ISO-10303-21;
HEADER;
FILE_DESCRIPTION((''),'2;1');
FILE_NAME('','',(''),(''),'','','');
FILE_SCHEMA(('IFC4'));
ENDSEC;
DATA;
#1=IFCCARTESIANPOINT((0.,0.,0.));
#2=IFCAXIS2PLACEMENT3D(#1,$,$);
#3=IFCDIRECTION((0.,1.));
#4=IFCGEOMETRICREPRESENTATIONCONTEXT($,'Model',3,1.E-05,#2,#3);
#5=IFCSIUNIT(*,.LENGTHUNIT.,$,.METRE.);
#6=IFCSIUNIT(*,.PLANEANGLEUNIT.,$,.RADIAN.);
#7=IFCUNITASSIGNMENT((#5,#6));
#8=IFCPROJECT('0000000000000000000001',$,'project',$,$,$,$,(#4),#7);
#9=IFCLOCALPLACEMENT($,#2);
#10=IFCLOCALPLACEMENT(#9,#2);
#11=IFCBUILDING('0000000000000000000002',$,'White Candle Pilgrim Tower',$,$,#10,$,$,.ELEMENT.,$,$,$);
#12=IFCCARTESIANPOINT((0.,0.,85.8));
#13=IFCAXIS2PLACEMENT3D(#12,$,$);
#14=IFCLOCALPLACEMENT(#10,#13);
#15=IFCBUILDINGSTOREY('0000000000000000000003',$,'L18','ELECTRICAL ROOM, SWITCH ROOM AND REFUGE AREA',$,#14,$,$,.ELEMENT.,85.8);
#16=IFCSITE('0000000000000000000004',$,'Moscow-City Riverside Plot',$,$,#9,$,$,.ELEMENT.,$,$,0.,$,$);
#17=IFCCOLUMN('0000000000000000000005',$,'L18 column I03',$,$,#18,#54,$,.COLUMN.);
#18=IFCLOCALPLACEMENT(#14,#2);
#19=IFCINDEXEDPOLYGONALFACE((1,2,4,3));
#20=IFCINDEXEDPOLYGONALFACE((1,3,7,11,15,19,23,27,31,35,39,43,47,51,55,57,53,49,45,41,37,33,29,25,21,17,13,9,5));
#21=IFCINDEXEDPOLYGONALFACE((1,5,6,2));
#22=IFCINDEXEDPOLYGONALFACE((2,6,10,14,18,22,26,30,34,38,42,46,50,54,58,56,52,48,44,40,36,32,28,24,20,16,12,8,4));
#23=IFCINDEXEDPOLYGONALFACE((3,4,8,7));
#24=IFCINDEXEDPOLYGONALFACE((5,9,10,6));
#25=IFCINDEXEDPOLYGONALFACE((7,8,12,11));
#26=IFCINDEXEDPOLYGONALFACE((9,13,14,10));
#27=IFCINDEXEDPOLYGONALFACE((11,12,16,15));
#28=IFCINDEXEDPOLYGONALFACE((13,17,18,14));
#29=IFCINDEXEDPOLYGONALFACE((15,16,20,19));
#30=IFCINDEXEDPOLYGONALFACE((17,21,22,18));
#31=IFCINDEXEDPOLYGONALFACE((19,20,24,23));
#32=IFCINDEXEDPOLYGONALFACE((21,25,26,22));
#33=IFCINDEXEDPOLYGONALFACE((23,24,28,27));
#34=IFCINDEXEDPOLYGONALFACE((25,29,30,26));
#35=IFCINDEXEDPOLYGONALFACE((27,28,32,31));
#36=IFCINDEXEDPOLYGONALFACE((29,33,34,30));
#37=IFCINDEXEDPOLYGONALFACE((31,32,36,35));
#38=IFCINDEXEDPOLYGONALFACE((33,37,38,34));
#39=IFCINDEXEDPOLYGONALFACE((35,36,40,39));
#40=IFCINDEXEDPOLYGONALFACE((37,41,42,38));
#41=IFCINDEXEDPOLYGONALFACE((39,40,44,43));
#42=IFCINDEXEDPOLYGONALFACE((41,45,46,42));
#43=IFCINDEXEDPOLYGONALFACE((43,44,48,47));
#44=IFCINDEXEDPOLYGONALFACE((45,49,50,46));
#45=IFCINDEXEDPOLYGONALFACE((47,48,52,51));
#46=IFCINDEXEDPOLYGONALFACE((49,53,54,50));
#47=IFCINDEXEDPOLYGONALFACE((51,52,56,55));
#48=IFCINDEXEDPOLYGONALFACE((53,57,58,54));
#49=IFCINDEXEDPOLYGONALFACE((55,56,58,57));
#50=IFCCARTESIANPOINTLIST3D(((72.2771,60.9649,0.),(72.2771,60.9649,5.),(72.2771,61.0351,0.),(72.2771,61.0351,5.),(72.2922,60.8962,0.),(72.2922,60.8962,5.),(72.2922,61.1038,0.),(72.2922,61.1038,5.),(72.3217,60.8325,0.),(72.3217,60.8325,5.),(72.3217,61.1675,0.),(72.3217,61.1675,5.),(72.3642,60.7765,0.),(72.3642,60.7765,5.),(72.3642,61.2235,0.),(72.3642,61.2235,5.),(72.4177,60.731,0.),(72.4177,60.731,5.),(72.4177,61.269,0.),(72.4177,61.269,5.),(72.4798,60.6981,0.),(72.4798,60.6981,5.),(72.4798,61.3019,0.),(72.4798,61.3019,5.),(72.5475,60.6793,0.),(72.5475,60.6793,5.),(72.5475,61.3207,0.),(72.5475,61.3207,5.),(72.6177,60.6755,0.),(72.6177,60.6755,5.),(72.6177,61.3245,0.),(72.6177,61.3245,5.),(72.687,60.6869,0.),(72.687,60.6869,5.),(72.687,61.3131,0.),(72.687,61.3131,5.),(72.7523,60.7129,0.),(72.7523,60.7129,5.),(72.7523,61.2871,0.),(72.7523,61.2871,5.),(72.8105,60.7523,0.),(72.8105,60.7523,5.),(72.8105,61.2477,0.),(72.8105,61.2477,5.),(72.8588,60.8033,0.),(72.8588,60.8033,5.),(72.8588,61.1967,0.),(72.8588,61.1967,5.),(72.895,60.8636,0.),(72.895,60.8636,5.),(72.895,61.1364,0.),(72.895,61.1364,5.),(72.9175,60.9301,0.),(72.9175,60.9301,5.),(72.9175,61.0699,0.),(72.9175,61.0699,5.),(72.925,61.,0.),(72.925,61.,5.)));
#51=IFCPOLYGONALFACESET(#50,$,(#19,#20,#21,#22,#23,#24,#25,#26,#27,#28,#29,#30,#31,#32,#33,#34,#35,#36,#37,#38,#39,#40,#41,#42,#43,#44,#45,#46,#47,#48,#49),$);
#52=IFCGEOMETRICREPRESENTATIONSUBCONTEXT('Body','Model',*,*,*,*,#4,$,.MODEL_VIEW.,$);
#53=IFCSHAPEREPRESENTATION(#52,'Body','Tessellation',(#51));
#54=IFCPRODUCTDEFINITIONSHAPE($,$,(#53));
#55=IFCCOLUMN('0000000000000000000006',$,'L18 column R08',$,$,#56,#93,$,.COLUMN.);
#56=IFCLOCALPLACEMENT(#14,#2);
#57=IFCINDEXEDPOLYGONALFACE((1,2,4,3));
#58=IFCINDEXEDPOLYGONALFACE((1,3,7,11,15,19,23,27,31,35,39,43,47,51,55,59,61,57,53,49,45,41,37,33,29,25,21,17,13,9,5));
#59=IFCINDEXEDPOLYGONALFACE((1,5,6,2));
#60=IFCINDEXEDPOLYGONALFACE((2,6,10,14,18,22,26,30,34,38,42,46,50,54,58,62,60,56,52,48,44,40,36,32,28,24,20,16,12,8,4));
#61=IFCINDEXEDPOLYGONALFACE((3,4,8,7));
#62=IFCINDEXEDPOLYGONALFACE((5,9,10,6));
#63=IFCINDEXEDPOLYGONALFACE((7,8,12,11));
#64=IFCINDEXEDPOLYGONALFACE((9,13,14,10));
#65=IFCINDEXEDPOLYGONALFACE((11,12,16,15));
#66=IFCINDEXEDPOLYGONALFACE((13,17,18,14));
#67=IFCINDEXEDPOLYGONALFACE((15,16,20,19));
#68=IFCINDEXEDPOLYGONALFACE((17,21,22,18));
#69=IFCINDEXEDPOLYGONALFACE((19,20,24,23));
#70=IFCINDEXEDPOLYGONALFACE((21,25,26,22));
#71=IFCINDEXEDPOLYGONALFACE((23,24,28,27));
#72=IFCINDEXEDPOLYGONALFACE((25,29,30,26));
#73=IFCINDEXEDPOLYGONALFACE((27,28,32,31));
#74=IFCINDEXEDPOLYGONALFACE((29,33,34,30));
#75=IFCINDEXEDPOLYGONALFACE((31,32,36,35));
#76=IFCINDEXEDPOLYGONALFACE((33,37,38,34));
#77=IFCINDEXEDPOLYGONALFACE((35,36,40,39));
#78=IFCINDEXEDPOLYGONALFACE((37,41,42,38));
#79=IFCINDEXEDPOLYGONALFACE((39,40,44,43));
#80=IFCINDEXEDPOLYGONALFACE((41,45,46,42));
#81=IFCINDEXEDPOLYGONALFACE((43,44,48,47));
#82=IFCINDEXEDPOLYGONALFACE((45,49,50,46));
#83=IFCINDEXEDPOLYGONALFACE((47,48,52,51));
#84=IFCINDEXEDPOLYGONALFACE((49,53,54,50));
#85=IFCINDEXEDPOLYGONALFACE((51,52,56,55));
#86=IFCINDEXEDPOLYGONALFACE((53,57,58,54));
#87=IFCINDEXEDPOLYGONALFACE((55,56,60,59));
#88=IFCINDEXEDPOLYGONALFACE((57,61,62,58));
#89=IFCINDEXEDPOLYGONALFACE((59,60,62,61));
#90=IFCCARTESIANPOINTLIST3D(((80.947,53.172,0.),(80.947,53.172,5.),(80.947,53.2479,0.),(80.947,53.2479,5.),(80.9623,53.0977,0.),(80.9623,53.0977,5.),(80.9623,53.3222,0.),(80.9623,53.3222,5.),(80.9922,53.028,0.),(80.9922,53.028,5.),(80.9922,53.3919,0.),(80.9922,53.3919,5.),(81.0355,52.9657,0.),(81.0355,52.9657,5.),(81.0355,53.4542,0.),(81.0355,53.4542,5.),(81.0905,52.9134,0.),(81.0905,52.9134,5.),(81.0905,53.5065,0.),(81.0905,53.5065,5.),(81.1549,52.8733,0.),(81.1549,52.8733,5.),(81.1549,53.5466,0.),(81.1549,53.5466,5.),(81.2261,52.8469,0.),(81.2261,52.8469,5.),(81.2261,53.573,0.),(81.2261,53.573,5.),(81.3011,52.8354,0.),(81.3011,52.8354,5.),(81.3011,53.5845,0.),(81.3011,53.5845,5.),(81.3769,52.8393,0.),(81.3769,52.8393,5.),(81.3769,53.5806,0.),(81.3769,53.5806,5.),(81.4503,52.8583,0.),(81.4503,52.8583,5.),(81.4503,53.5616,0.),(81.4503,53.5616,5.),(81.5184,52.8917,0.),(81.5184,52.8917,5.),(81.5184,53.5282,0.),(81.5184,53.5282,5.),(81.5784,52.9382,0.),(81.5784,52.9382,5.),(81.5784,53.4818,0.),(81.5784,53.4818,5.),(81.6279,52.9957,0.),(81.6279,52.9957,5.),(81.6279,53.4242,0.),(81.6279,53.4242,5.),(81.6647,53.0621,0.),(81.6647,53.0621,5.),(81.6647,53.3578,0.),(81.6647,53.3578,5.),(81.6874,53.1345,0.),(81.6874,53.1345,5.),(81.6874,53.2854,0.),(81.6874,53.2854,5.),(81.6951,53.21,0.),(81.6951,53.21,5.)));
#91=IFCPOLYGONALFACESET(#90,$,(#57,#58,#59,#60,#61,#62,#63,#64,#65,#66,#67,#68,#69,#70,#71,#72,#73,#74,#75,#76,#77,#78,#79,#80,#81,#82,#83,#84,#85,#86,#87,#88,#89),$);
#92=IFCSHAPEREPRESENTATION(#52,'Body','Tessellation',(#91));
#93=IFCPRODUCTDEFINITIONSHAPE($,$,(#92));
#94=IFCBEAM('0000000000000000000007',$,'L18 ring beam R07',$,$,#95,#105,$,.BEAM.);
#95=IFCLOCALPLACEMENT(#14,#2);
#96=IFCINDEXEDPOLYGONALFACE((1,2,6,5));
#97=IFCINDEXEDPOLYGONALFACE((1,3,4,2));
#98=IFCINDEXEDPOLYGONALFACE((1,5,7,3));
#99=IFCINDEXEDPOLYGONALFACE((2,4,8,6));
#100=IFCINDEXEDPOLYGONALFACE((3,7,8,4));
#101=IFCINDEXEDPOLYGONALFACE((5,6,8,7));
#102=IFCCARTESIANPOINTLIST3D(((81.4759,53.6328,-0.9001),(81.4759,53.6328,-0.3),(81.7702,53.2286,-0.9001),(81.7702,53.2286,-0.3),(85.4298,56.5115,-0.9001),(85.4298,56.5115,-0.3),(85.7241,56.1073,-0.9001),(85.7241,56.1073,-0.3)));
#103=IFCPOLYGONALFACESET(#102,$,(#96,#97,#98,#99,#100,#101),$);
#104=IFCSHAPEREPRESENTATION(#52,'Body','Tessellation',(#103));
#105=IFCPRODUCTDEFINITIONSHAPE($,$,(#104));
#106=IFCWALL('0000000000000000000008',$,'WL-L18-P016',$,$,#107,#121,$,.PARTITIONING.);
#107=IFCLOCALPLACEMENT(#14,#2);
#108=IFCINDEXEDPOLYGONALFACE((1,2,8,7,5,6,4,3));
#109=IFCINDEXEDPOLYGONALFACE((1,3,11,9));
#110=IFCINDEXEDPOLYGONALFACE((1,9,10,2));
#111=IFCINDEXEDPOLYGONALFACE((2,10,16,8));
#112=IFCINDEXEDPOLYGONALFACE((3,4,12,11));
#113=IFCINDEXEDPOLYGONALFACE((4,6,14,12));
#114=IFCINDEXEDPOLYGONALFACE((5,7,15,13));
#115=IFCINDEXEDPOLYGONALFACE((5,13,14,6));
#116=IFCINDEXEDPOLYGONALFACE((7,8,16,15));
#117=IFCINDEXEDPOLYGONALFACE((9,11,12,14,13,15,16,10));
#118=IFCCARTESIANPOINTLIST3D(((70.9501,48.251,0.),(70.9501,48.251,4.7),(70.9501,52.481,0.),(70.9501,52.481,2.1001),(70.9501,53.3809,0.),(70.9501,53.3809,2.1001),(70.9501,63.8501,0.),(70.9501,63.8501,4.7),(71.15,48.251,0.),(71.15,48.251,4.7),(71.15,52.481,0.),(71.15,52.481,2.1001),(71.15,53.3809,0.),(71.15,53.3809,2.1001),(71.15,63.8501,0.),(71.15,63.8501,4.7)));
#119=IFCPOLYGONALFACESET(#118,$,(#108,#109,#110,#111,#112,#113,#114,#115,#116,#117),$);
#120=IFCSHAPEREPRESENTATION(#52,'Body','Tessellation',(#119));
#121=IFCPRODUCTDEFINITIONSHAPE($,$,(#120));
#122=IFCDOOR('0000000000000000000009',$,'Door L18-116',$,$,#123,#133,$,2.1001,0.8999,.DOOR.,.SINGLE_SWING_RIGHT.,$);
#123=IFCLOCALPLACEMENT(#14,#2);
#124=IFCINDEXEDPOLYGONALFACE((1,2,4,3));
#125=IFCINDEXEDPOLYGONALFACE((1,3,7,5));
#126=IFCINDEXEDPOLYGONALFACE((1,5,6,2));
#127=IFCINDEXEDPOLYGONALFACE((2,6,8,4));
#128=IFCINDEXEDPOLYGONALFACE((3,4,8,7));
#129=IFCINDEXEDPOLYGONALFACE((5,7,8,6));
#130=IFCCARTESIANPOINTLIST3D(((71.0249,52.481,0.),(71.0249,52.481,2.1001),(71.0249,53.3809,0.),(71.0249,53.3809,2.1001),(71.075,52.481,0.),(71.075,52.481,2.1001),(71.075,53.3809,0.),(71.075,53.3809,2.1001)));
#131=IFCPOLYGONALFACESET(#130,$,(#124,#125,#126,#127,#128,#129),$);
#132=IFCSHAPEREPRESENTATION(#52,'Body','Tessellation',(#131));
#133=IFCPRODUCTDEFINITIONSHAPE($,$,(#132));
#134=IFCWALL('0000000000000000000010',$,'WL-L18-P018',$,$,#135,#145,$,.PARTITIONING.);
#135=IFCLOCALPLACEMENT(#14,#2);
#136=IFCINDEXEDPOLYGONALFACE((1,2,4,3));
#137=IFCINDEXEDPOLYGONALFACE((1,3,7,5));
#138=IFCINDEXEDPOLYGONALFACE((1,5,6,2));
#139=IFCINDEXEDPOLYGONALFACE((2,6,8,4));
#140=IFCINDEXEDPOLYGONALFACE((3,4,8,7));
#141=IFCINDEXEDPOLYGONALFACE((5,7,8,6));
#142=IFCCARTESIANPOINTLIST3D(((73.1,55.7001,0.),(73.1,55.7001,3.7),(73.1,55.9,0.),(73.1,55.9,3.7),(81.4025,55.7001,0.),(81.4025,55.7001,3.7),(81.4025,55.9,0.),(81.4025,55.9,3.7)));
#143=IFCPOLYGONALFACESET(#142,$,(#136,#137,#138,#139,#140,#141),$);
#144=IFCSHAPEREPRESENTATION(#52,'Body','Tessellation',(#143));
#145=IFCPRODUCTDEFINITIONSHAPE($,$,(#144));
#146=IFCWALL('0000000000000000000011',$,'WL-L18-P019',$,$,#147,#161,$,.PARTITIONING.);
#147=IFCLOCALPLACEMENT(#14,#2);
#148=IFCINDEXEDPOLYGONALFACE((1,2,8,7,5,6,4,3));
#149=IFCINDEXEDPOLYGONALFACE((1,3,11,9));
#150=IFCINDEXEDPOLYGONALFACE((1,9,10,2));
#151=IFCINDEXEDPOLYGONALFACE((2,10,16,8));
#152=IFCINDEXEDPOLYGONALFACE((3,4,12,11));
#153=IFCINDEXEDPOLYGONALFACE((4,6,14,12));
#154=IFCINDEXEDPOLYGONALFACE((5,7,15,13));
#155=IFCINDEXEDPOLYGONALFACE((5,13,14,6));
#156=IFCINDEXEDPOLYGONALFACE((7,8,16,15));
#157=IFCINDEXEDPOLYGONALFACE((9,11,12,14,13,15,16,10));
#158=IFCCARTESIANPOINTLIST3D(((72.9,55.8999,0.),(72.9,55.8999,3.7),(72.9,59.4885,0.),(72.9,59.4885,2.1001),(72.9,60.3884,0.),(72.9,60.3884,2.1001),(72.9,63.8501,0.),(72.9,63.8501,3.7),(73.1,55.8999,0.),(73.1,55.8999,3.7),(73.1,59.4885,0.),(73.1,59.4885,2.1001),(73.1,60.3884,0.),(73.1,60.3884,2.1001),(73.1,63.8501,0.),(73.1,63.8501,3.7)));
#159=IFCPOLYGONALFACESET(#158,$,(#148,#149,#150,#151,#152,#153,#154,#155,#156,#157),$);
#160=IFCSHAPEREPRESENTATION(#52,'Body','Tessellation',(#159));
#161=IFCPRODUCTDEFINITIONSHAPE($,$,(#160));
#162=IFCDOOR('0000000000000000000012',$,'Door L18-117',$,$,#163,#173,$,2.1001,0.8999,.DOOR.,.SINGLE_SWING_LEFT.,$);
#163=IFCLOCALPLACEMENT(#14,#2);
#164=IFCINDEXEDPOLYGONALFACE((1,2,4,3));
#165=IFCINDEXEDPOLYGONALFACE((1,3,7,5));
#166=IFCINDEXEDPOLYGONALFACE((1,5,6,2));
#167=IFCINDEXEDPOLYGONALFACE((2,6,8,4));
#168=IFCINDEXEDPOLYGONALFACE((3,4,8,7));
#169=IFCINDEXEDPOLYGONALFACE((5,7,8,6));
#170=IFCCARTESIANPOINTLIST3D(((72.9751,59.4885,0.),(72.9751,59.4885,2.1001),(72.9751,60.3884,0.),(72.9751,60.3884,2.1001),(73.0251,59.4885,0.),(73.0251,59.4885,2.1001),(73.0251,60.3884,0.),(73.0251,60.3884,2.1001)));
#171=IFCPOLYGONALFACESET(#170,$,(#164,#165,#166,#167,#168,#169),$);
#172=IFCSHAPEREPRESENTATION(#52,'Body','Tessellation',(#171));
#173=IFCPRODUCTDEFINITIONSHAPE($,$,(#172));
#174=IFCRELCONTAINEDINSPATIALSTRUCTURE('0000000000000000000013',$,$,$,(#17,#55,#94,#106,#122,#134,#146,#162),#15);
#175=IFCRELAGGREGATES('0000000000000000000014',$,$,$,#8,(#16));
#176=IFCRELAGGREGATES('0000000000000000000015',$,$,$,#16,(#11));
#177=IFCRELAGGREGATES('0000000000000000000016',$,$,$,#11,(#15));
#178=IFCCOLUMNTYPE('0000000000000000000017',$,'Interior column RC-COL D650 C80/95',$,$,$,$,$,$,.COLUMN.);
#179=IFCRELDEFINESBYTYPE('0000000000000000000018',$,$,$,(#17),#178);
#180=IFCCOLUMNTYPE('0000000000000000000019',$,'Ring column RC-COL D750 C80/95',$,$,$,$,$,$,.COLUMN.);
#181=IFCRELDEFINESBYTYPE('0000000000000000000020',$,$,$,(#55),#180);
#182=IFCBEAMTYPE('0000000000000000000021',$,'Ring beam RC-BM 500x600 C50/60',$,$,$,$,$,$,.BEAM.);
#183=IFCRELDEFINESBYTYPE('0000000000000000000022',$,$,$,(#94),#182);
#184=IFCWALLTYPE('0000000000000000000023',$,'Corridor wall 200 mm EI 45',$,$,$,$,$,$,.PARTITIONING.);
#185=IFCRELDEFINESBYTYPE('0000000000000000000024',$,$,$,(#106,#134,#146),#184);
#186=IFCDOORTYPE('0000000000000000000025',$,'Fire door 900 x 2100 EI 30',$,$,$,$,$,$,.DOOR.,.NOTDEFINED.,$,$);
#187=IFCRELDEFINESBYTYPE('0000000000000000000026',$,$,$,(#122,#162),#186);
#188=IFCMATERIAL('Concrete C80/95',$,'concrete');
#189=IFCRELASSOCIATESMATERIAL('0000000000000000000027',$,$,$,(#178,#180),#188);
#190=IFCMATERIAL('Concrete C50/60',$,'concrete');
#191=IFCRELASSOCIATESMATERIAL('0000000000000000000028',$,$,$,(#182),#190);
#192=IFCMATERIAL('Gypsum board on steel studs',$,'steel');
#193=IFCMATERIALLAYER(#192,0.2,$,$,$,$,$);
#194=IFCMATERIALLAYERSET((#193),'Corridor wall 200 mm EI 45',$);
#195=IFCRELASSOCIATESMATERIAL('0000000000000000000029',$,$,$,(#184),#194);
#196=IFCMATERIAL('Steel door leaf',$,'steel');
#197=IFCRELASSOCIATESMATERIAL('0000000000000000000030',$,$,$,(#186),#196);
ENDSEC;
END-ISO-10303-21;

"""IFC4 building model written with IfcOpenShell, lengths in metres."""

from ifc_helpers import new_model, si_unit, direction, frame, frame_2d, origin, origin_2d, place, context, subcontext, project, spatial, rectangle, circle, extrude, material, layer, layer_set, material_profile, profile_set, type_object, element, fill, save


model = new_model("IFC4")

# Units and contexts
model_context = context("Model", 3, precision=1e-05, world=origin(), true_north=direction((0.0, 1.0)))
body_context = subcontext(model_context, "Body", "Model", "MODEL_VIEW")
ifc_project = project(units=[si_unit("LENGTHUNIT", "METRE"), si_unit("PLANEANGLEUNIT", "RADIAN")], contexts=[model_context])

# Site, building, storey
site_placement = place(None, origin())
site = spatial("IfcSite", under=ifc_project, at=site_placement, Name="Moscow-City Riverside Plot", CompositionType="ELEMENT", RefElevation=0.0)
building_placement = place(site_placement, origin())
building = spatial("IfcBuilding", under=site, at=building_placement, Name="White Candle Pilgrim Tower", CompositionType="ELEMENT")
storey_placement = place(building_placement, frame((0.0, 0.0, 85.8)))
storey = spatial("IfcBuildingStorey", under=building, at=storey_placement, Name="L18", Description="ELECTRICAL ROOM, SWITCH ROOM AND REFUGE AREA", CompositionType="ELEMENT", Elevation=85.8)

# Columns
ifc_material_1 = material(Name="Concrete C80/95", Category="concrete")
ifc_material_profile_1 = material_profile(ifc_material_1, circle(Radius=0.325, at=origin_2d()), Name="RC-COL D650")
ifc_profile_set_1 = profile_set([ifc_material_profile_1], Name="Concrete C80/95")
column_type_1 = type_object("IfcColumnType", Name="Interior column RC-COL D650 C80/95", PredefinedType="COLUMN", material=ifc_profile_set_1)
column_1_placement = place(storey_placement, frame((72.6001, 61.0, 0.0), z_axis=(0.0, 0.0, 1.0), x_axis=(1.0, 0.0, 0.0)))
element("IfcColumn", 1, at=column_1_placement, inside=storey, type_object=column_type_1, Name="L18 column I03", PredefinedType="COLUMN", context=body_context, shape_type="SweptSolid", body=[
    extrude(circle(Radius=0.325, at=origin_2d()), origin(), (0.0, 0.0, 1.0), 5.0),
])
ifc_material_profile_2 = material_profile(ifc_material_1, circle(Radius=0.375, at=origin_2d()), Name="RC-COL D750")
ifc_profile_set_2 = profile_set([ifc_material_profile_2], Name="Concrete C80/95")
column_type_2 = type_object("IfcColumnType", Name="Ring column RC-COL D750 C80/95", PredefinedType="COLUMN", material=ifc_profile_set_2)
column_2_placement = place(storey_placement, frame((81.3201, 53.21, 0.0), z_axis=(0.0, 0.0, 1.0), x_axis=(1.0, 0.0, 0.0)))
element("IfcColumn", 2, at=column_2_placement, inside=storey, type_object=column_type_2, Name="L18 column R08", PredefinedType="COLUMN", context=body_context, shape_type="SweptSolid", body=[
    extrude(circle(Radius=0.375, at=origin_2d()), origin(), (0.0, 0.0, 1.0), 5.0),
])

# Beam
ifc_material_2 = material(Name="Concrete C50/60", Category="concrete")
ifc_material_profile_3 = material_profile(ifc_material_2, rectangle(XDim=0.5, YDim=0.6001, at=origin_2d()), Name="RC-BM 500x600")
ifc_profile_set_3 = profile_set([ifc_material_profile_3], Name="Concrete C50/60")
beam_type = type_object("IfcBeamType", Name="Ring beam RC-BM 500x600 C50/60", PredefinedType="BEAM", material=ifc_profile_set_3)
beam_placement = place(storey_placement, frame((81.623, 53.4307, -0.6001), z_axis=(0.808432, 0.58859, 0.0), x_axis=(-0.58859, 0.808432, 0.0)))
element("IfcBeam", 3, at=beam_placement, inside=storey, type_object=beam_type, Name="L18 ring beam R07", PredefinedType="BEAM", context=body_context, shape_type="SweptSolid", body=[
    extrude(rectangle(XDim=0.5, YDim=0.6001, at=origin_2d()), origin(), (0.0, 0.0, 1.0), 4.8909),
])

# Wall, opening, door
ifc_material_3 = material(Name="Gypsum board on steel studs", Category="steel")
ifc_layer_1 = layer(ifc_material_3, 0.2)
ifc_layer_set_1 = layer_set([ifc_layer_1], Name="Corridor wall 200 mm EI 45")
wall_type_1 = type_object("IfcWallType", Name="Corridor wall 200 mm EI 45", PredefinedType="PARTITIONING", material=ifc_layer_set_1)
wall_1_placement = place(storey_placement, frame((71.05, 63.8501, 0.0), z_axis=(0.0, 0.0, 1.0), x_axis=(0.0, -1.0, 0.0)))
wall_1 = element("IfcWall", 4, at=wall_1_placement, inside=storey, type_object=wall_type_1, Name="WL-L18-P016", PredefinedType="PARTITIONING", context=body_context, shape_type="SweptSolid", body=[
    extrude(rectangle(XDim=15.5991, YDim=0.2, at=frame_2d((7.7996, 0.0))), origin(), (0.0, 0.0, 1.0), 4.7),
])
opening_1_placement = place(wall_1_placement, frame((10.4692, 0.0, 0.0)))
opening_1 = element("IfcOpeningElement", 5, at=opening_1_placement, cuts=wall_1, PredefinedType="OPENING", context=body_context, shape_type="SweptSolid", body=[
    extrude(rectangle(XDim=0.8999, YDim=2.1001, at=frame_2d((0.45, 1.05))), frame((0.0, 0.1099, 0.0), z_axis=(0.0, -1.0, 0.0), x_axis=(1.0, 0.0, 0.0)), (0.0, 0.0, 1.0), 0.22),
])
ifc_material_4 = material(Name="Steel door leaf", Category="steel")
door_type_1 = type_object("IfcDoorType", Name="Fire door 900 x 2100 EI 30", OperationType="NOTDEFINED", PredefinedType="DOOR", material=ifc_material_4)
door_1_placement = place(opening_1_placement, origin())
door_1 = element("IfcDoor", 6, at=door_1_placement, inside=storey, type_object=door_type_1, Name="Door L18-116", OperationType="SINGLE_SWING_RIGHT", OverallHeight=2.1001, OverallWidth=0.8999, PredefinedType="DOOR", context=body_context, shape_type="SweptSolid", body=[
    extrude(rectangle(XDim=0.8999, YDim=2.1001, at=frame_2d((0.45, 1.05))), frame((0.0, 0.0249, 0.0), z_axis=(0.0, -1.0, 0.0), x_axis=(1.0, 0.0, 0.0)), (0.0, 0.0, 1.0), 0.05),
])
fill(opening_1, door_1)

# Wall
wall_2_placement = place(storey_placement, frame((81.4026, 55.8, 0.0), z_axis=(0.0, 0.0, 1.0), x_axis=(-1.0, 0.0, 0.0)))
element("IfcWall", 7, at=wall_2_placement, inside=storey, type_object=wall_type_1, Name="WL-L18-P018", PredefinedType="PARTITIONING", context=body_context, shape_type="SweptSolid", body=[
    extrude(rectangle(XDim=8.3025, YDim=0.2, at=frame_2d((4.1514, 0.0))), origin(), (0.0, 0.0, 1.0), 3.7),
])

# Wall, opening, door
wall_3_placement = place(storey_placement, frame((73.0, 55.8999, 0.0), z_axis=(0.0, 0.0, 1.0), x_axis=(0.0, 1.0, 0.0)))
wall_3 = element("IfcWall", 8, at=wall_3_placement, inside=storey, type_object=wall_type_1, Name="WL-L18-P019", PredefinedType="PARTITIONING", context=body_context, shape_type="SweptSolid", body=[
    extrude(rectangle(XDim=7.9502, YDim=0.2, at=frame_2d((3.9751, 0.0))), origin(), (0.0, 0.0, 1.0), 3.7),
])
opening_2_placement = place(wall_3_placement, frame((3.5886, 0.0, 0.0)))
opening_2 = element("IfcOpeningElement", 9, at=opening_2_placement, cuts=wall_3, PredefinedType="OPENING", context=body_context, shape_type="SweptSolid", body=[
    extrude(rectangle(XDim=0.8999, YDim=2.1001, at=frame_2d((0.45, 1.05))), frame((0.0, 0.1099, 0.0), z_axis=(0.0, -1.0, 0.0), x_axis=(1.0, 0.0, 0.0)), (0.0, 0.0, 1.0), 0.22),
])
door_2_placement = place(opening_2_placement, origin())
door_2 = element("IfcDoor", 10, at=door_2_placement, inside=storey, type_object=door_type_1, Name="Door L18-117", OperationType="SINGLE_SWING_LEFT", OverallHeight=2.1001, OverallWidth=0.8999, PredefinedType="DOOR", context=body_context, shape_type="SweptSolid", body=[
    extrude(rectangle(XDim=0.8999, YDim=2.1001, at=frame_2d((0.45, 1.05))), frame((0.0, 0.0249, 0.0), z_axis=(0.0, -1.0, 0.0), x_axis=(1.0, 0.0, 0.0)), (0.0, 0.0, 1.0), 0.05),
])
fill(opening_2, door_2)

save(model, "model.ifc")
